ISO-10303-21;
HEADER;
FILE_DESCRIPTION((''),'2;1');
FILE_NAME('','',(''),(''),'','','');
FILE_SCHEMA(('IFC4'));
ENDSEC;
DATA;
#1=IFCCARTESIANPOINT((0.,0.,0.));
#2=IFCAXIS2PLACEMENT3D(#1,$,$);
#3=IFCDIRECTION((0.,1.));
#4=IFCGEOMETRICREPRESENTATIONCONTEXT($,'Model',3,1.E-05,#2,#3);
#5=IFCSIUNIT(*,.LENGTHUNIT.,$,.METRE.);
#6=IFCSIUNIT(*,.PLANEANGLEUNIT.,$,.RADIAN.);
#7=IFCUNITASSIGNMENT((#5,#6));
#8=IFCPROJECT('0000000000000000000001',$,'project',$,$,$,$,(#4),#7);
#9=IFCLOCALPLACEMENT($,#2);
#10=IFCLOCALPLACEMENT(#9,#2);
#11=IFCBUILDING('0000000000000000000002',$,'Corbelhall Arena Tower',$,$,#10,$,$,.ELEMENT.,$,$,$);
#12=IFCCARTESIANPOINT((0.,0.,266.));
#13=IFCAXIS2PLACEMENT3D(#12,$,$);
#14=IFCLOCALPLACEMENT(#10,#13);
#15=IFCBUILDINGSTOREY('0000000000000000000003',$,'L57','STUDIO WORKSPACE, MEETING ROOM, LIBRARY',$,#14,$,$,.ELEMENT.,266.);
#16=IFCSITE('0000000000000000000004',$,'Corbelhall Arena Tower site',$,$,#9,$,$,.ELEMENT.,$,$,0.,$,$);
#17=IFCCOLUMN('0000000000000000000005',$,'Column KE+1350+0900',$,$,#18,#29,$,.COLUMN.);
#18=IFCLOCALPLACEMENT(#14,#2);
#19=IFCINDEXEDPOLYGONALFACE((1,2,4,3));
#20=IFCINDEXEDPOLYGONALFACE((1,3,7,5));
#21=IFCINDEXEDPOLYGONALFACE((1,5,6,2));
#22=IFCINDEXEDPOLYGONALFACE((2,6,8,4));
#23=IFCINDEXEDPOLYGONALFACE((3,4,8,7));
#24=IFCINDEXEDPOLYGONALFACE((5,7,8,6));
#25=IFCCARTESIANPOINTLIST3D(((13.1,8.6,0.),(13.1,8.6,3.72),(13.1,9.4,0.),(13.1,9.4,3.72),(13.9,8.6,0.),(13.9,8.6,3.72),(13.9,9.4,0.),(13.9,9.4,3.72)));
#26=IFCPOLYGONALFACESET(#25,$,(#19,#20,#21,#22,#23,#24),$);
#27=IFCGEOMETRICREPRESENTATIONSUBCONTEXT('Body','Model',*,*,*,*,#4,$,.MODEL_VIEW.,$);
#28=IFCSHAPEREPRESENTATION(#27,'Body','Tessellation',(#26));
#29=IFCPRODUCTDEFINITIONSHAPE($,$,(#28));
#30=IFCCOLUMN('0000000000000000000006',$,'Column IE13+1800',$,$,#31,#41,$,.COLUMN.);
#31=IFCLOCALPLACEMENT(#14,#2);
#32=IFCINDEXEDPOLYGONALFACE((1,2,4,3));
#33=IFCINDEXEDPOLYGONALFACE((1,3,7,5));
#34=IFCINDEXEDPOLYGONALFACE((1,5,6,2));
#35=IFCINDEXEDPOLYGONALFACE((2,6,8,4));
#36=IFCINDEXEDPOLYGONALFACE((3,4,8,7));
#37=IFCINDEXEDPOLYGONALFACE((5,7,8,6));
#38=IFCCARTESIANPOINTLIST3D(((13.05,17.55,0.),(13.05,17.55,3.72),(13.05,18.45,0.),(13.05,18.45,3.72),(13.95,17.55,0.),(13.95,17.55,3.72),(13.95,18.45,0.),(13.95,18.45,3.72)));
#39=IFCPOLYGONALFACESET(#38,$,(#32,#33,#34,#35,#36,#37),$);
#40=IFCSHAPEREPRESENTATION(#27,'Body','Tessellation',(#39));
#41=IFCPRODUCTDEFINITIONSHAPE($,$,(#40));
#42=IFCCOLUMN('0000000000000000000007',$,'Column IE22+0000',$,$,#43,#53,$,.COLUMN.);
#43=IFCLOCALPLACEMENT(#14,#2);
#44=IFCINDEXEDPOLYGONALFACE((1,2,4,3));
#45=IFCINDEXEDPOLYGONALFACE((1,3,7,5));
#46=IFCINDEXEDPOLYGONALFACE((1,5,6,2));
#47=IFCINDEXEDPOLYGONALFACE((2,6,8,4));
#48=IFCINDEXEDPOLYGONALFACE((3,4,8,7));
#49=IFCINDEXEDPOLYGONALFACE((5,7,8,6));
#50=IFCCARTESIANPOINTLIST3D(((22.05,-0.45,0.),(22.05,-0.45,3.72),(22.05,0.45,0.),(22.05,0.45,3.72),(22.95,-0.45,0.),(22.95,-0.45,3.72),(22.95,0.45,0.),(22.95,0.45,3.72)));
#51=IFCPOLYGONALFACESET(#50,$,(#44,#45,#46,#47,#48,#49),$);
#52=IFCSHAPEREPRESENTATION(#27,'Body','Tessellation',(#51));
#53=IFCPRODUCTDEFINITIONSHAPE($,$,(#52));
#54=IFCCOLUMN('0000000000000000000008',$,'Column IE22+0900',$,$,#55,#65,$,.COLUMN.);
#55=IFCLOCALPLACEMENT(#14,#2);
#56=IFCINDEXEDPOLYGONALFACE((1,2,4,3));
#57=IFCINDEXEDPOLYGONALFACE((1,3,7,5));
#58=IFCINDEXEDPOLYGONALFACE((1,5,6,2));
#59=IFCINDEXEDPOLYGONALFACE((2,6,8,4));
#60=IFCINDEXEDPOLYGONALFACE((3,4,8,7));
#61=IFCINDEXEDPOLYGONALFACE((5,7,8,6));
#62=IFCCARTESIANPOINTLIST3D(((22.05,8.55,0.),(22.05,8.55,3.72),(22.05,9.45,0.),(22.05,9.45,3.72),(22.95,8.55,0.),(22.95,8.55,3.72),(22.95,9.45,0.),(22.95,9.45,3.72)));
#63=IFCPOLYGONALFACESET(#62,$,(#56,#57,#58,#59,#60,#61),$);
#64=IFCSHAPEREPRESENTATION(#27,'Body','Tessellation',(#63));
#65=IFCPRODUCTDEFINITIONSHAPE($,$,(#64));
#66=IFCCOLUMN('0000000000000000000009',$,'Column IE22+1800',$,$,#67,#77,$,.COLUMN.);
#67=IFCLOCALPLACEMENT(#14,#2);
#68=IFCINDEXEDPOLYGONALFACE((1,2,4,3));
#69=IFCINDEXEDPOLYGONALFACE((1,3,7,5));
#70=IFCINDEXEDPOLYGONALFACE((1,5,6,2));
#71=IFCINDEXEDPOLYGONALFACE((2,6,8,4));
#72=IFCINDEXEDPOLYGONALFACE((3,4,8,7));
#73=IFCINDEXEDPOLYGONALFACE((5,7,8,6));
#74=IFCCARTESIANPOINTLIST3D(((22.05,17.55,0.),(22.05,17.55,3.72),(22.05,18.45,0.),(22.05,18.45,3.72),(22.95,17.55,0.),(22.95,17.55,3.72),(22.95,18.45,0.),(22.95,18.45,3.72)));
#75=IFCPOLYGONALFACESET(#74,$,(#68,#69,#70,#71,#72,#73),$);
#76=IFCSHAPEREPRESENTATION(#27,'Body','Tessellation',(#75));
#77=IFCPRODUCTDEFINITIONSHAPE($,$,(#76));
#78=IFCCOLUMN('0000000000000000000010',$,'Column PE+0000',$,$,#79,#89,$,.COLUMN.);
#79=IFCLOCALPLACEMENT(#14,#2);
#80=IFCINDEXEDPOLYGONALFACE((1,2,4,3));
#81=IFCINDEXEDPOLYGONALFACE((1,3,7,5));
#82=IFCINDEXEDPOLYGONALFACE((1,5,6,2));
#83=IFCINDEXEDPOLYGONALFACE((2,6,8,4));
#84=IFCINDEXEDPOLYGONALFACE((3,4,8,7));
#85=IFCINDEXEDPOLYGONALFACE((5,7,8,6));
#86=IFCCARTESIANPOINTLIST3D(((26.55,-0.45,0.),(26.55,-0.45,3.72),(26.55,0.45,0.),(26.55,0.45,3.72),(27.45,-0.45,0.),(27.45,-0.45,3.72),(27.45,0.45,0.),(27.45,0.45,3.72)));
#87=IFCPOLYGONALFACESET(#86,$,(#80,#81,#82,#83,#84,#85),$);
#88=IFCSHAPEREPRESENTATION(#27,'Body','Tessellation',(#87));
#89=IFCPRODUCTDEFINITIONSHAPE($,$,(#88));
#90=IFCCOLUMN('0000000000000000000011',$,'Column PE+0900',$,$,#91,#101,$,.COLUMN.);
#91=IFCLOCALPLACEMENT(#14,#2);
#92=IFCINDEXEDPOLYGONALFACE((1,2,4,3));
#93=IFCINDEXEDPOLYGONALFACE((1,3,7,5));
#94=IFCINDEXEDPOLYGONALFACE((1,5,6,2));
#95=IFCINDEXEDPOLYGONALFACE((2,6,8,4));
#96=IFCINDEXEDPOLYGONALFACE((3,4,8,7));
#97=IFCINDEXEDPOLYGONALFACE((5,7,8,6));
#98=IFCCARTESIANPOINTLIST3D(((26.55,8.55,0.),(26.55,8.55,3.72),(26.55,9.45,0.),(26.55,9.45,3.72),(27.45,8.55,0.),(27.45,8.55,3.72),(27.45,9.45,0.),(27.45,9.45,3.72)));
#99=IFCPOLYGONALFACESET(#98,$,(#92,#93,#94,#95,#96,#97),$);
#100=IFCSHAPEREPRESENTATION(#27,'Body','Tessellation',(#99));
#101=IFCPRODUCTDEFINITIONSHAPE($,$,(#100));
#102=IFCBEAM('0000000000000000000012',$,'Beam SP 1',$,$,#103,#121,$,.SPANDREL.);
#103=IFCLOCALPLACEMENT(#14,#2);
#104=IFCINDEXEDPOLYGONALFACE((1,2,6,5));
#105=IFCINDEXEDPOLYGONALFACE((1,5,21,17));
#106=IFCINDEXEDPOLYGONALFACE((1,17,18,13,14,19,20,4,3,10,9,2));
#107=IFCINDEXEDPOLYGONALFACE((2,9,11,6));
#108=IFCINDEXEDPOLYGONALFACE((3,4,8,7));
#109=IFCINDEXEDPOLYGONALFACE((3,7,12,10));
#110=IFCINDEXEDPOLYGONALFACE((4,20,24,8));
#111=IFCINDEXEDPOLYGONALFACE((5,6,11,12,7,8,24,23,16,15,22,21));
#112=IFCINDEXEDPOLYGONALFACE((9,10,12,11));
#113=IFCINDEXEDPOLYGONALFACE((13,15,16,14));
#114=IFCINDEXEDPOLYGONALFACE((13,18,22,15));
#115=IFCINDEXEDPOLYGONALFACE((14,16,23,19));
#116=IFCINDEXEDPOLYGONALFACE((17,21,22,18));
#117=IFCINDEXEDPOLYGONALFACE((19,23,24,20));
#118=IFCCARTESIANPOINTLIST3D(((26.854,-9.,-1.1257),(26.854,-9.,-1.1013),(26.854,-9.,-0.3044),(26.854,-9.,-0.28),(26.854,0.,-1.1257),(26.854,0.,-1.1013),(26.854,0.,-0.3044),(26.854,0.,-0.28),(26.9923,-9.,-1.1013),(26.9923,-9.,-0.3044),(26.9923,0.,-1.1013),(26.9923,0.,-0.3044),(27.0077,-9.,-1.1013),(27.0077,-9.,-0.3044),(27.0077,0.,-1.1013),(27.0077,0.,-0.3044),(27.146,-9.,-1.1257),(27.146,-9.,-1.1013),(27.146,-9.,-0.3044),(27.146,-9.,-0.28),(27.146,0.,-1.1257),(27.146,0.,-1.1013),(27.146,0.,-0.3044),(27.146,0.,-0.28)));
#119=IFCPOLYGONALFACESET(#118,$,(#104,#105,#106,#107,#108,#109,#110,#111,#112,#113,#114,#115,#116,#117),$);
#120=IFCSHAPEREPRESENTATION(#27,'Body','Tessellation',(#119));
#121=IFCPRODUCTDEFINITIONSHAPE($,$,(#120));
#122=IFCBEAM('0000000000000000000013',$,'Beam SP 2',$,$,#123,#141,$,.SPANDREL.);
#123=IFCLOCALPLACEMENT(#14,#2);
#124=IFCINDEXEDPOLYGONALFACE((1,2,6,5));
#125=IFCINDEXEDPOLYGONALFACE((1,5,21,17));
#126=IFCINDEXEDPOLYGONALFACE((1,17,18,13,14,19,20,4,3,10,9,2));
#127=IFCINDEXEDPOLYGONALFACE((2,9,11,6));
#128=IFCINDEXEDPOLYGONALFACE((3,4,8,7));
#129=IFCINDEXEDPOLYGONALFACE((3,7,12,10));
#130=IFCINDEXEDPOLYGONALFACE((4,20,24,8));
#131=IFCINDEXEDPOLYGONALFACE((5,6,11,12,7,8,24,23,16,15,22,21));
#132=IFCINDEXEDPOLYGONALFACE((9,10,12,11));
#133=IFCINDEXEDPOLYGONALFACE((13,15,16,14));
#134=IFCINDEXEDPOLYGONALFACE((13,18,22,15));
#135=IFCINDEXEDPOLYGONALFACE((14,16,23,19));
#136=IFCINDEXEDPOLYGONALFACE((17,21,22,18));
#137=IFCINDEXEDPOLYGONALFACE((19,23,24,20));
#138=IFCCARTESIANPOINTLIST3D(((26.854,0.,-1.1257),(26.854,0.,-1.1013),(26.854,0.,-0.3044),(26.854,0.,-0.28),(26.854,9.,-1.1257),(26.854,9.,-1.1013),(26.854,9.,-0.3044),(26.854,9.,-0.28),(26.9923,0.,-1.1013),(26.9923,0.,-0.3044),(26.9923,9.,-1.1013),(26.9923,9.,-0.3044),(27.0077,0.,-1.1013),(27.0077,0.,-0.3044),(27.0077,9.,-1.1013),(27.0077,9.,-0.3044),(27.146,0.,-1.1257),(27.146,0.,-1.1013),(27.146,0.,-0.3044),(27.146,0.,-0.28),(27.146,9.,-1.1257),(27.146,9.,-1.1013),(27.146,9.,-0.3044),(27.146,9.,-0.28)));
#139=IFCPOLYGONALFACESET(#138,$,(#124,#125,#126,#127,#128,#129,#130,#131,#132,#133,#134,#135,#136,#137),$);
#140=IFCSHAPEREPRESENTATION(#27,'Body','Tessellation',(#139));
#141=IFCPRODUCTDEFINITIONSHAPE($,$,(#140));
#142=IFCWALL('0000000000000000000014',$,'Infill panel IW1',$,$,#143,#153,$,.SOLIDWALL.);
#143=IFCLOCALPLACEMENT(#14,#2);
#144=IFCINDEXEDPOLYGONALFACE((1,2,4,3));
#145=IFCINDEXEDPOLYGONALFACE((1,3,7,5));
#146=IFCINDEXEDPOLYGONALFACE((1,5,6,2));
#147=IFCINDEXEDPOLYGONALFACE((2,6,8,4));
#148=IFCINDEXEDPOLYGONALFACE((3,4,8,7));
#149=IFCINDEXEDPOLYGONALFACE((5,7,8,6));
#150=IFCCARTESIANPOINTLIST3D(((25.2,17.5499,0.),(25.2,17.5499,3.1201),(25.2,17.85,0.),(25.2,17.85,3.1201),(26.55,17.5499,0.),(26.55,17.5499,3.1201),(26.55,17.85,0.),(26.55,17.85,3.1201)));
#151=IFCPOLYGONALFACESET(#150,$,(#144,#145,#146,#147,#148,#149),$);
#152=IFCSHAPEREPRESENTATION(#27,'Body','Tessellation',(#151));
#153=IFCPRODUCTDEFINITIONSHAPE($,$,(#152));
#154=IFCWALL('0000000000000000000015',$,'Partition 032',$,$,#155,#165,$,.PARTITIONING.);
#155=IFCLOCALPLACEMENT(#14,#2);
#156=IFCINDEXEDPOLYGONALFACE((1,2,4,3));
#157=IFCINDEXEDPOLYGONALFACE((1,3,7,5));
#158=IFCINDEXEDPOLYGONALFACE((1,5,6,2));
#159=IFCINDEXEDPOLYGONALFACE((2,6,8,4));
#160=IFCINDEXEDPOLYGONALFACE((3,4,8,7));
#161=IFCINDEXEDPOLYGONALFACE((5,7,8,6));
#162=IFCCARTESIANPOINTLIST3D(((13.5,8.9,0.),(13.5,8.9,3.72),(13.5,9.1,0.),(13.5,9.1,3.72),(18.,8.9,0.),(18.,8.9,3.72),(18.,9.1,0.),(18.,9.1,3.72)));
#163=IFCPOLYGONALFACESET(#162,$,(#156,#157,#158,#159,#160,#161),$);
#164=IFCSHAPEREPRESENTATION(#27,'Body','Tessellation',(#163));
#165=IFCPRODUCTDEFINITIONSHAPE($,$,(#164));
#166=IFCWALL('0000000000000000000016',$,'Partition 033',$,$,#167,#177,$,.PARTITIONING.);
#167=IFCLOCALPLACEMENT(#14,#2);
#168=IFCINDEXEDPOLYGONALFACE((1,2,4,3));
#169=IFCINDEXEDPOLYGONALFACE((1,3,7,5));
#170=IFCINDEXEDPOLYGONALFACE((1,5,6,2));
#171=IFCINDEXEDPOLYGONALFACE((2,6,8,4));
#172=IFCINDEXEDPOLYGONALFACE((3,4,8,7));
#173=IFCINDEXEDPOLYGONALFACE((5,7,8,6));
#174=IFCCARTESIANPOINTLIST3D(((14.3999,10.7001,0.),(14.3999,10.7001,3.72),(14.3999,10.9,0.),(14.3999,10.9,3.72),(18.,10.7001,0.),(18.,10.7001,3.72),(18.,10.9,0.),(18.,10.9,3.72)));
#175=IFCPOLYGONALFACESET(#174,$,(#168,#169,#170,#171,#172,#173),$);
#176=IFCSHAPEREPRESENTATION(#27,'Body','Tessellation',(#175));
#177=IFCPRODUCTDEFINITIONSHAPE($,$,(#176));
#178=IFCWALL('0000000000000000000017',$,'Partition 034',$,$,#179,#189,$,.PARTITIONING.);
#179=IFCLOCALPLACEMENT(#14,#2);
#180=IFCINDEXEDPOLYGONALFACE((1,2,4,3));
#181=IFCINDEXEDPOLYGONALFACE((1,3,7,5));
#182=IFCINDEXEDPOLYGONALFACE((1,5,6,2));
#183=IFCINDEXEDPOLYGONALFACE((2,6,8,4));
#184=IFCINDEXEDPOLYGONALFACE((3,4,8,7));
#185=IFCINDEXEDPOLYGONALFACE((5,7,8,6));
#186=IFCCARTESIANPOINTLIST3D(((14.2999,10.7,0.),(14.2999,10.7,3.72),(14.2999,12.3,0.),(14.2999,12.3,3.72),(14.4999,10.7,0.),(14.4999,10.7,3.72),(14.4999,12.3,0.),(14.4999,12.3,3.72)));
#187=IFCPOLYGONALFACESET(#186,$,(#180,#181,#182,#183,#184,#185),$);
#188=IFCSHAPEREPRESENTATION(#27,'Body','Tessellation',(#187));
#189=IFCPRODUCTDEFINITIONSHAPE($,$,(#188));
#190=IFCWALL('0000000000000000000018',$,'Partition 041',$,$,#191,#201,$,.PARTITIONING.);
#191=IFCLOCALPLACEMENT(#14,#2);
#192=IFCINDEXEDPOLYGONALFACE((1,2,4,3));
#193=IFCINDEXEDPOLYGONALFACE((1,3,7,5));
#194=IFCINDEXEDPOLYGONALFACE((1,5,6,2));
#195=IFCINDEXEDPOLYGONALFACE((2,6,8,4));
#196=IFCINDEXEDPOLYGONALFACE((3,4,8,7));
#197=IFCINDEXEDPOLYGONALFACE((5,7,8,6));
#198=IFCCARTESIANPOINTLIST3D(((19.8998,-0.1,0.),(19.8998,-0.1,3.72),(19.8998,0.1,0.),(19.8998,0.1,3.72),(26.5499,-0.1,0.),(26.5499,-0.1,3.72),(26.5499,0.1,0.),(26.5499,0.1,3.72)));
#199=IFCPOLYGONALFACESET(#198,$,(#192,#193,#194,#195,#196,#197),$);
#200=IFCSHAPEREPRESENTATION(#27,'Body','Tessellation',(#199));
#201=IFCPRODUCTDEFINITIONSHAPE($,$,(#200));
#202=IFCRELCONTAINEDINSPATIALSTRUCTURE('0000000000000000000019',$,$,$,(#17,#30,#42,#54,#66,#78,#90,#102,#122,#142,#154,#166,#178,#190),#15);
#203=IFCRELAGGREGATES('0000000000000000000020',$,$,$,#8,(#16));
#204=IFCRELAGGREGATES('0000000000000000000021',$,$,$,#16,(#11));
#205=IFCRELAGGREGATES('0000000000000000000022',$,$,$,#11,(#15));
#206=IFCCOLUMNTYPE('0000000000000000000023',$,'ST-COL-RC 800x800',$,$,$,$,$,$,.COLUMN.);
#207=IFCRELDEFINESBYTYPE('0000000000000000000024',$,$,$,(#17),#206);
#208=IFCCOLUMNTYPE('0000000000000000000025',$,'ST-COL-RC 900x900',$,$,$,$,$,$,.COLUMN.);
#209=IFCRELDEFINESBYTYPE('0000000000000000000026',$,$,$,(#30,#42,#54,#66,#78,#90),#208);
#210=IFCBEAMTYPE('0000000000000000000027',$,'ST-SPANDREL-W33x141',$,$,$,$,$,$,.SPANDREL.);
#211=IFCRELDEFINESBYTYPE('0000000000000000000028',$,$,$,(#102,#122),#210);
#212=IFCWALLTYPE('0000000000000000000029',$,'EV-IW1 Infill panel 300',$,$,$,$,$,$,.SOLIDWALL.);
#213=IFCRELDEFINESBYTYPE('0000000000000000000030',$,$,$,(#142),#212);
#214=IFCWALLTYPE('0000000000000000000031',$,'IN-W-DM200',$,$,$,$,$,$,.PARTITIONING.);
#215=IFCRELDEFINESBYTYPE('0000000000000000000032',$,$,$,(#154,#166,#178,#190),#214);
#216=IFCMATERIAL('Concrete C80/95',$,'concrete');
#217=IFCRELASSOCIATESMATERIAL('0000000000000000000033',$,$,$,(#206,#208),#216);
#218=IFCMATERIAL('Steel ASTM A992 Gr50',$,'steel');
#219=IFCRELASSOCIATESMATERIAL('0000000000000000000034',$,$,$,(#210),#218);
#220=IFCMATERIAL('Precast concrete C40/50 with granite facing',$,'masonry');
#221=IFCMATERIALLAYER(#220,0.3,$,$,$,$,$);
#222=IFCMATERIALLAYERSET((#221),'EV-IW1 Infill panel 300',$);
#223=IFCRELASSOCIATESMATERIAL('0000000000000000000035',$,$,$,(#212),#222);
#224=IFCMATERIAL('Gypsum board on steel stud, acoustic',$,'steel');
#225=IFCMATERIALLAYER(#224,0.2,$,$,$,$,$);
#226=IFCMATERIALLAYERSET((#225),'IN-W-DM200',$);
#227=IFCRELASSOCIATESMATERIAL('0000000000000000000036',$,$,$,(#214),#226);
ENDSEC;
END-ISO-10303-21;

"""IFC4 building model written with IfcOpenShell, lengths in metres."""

from ifc_helpers import new_model, si_unit, direction, frame, frame_2d, origin, origin_2d, place, context, subcontext, project, spatial, rectangle, i_section, extrude, material, layer, layer_set, material_profile, profile_set, type_object, element, save


model = new_model("IFC4")

# Units and contexts
model_context = context("Model", 3, precision=1e-05, world=origin(), true_north=direction((0.0, 1.0)))
body_context = subcontext(model_context, "Body", "Model", "MODEL_VIEW")
ifc_project = project(units=[si_unit("LENGTHUNIT", "METRE"), si_unit("PLANEANGLEUNIT", "RADIAN")], contexts=[model_context])

# Site, building, storey
site_placement = place(None, origin())
site = spatial("IfcSite", under=ifc_project, at=site_placement, Name="Corbelhall Arena Tower site", CompositionType="ELEMENT", RefElevation=0.0)
building_placement = place(site_placement, origin())
building = spatial("IfcBuilding", under=site, at=building_placement, Name="Corbelhall Arena Tower", CompositionType="ELEMENT")
storey_placement = place(building_placement, frame((0.0, 0.0, 266.0)))
storey = spatial("IfcBuildingStorey", under=building, at=storey_placement, Name="L57", Description="STUDIO WORKSPACE, MEETING ROOM, LIBRARY", CompositionType="ELEMENT", Elevation=266.0)

# Columns
ifc_material_1 = material(Name="Concrete C80/95", Category="concrete")
ifc_material_profile_1 = material_profile(ifc_material_1, rectangle(XDim=0.8, YDim=0.8, at=origin_2d()))
ifc_profile_set_1 = profile_set([ifc_material_profile_1], Name="Concrete C80/95")
column_type_1 = type_object("IfcColumnType", Name="ST-COL-RC 800x800", PredefinedType="COLUMN", material=ifc_profile_set_1)
column_placement = place(storey_placement, frame((13.5, 9.0, 0.0), z_axis=(0.0, 0.0, 1.0), x_axis=(1.0, 0.0, 0.0)))
element("IfcColumn", 1, at=column_placement, inside=storey, type_object=column_type_1, Name="Column KE+1350+0900", PredefinedType="COLUMN", context=body_context, shape_type="SweptSolid", body=[
    extrude(rectangle(XDim=0.8, YDim=0.8, at=origin_2d()), origin(), (0.0, 0.0, 1.0), 3.72),
])
ifc_material_profile_2 = material_profile(ifc_material_1, rectangle(XDim=0.8999, YDim=0.8999, at=origin_2d()))
ifc_profile_set_2 = profile_set([ifc_material_profile_2], Name="Concrete C80/95")
column_type_2 = type_object("IfcColumnType", Name="ST-COL-RC 900x900", PredefinedType="COLUMN", material=ifc_profile_set_2)
for number, where, z_axis, x_axis, name in (
    (2, (13.5, 18.0, 0.0), (0.0, 0.0, 1.0), (1.0, 0.0, 0.0), "Column IE13+1800"),
    (3, (22.5, 0.0, 0.0), (0.0, 0.0, 1.0), (1.0, 0.0, 0.0), "Column IE22+0000"),
    (4, (22.5, 9.0, 0.0), (0.0, 0.0, 1.0), (1.0, 0.0, 0.0), "Column IE22+0900"),
    (5, (22.5, 18.0, 0.0), (0.0, 0.0, 1.0), (1.0, 0.0, 0.0), "Column IE22+1800"),
    (6, (27.0, 0.0, 0.0), (0.0, 0.0, 1.0), (0.0, 1.0, 0.0), "Column PE+0000"),
    (7, (27.0, 9.0, 0.0), (0.0, 0.0, 1.0), (0.0, 1.0, 0.0), "Column PE+0900"),
):
    element("IfcColumn", number, at=place(storey_placement, frame(where, z_axis=z_axis, x_axis=x_axis)), inside=storey, type_object=column_type_2, Name=name, PredefinedType="COLUMN", context=body_context, shape_type="SweptSolid", body=[
        extrude(rectangle(XDim=0.8999, YDim=0.8999, at=origin_2d()), origin(), (0.0, 0.0, 1.0), 3.72),
    ])

# Beams
ifc_material_2 = material(Name="Steel ASTM A992 Gr50", Category="steel")
ifc_material_profile_3 = material_profile(ifc_material_2, i_section(OverallWidth=0.292, OverallDepth=0.8457, WebThickness=0.0154, FlangeThickness=0.0244, at=origin_2d()))
ifc_profile_set_3 = profile_set([ifc_material_profile_3], Name="Steel ASTM A992 Gr50")
beam_type = type_object("IfcBeamType", Name="ST-SPANDREL-W33x141", PredefinedType="SPANDREL", material=ifc_profile_set_3)
for number, where, z_axis, x_axis, name in (
    (8, (27.0, 0.0, -0.7029), (0.0, -1.0, 0.0), (1.0, 0.0, 0.0), "Beam SP 1"),
    (9, (27.0, 9.0, -0.7029), (0.0, -1.0, 0.0), (1.0, 0.0, 0.0), "Beam SP 2"),
):
    element("IfcBeam", number, at=place(storey_placement, frame(where, z_axis=z_axis, x_axis=x_axis)), inside=storey, type_object=beam_type, Name=name, PredefinedType="SPANDREL", context=body_context, shape_type="SweptSolid", body=[
        extrude(i_section(OverallWidth=0.292, OverallDepth=0.8457, WebThickness=0.0154, FlangeThickness=0.0244, at=origin_2d()), origin(), (0.0, 0.0, 1.0), 9.0),
    ])

# Shared definitions
ifc_material_3 = material(Name="Precast concrete C40/50 with granite facing", Category="masonry")
ifc_layer_1 = layer(ifc_material_3, 0.3)
ifc_layer_set_1 = layer_set([ifc_layer_1], Name="EV-IW1 Infill panel 300")
wall_type_1 = type_object("IfcWallType", Name="EV-IW1 Infill panel 300", PredefinedType="SOLIDWALL", material=ifc_layer_set_1)

# Walls
wall_1_placement = place(storey_placement, frame((26.55, 17.7, 0.0), z_axis=(0.0, 0.0, 1.0), x_axis=(-1.0, 0.0, 0.0)))
element("IfcWall", 10, at=wall_1_placement, inside=storey, type_object=wall_type_1, Name="Infill panel IW1", PredefinedType="SOLIDWALL", context=body_context, shape_type="SweptSolid", body=[
    extrude(rectangle(XDim=1.3501, YDim=0.3, at=frame_2d((0.675, 0.0))), origin(), (0.0, 0.0, 1.0), 3.1201),
])
ifc_material_4 = material(Name="Gypsum board on steel stud, acoustic", Category="steel")
ifc_layer_2 = layer(ifc_material_4, 0.2)
ifc_layer_set_2 = layer_set([ifc_layer_2], Name="IN-W-DM200")
wall_type_2 = type_object("IfcWallType", Name="IN-W-DM200", PredefinedType="PARTITIONING", material=ifc_layer_set_2)
wall_2_placement = place(storey_placement, frame((18.0, 9.0, 0.0), z_axis=(0.0, 0.0, 1.0), x_axis=(-1.0, 0.0, 0.0)))
element("IfcWall", 11, at=wall_2_placement, inside=storey, type_object=wall_type_2, Name="Partition 032", PredefinedType="PARTITIONING", context=body_context, shape_type="SweptSolid", body=[
    extrude(rectangle(XDim=4.5, YDim=0.2, at=frame_2d((2.25, 0.0))), origin(), (0.0, 0.0, 1.0), 3.72),
])
wall_3_placement = place(storey_placement, frame((14.3999, 10.8, 0.0), z_axis=(0.0, 0.0, 1.0), x_axis=(1.0, 0.0, 0.0)))
element("IfcWall", 12, at=wall_3_placement, inside=storey, type_object=wall_type_2, Name="Partition 033", PredefinedType="PARTITIONING", context=body_context, shape_type="SweptSolid", body=[
    extrude(rectangle(XDim=3.6001, YDim=0.2, at=frame_2d((1.8, 0.0))), origin(), (0.0, 0.0, 1.0), 3.72),
])
wall_4_placement = place(storey_placement, frame((14.3999, 12.3, 0.0), z_axis=(0.0, 0.0, 1.0), x_axis=(0.0, -1.0, 0.0)))
element("IfcWall", 13, at=wall_4_placement, inside=storey, type_object=wall_type_2, Name="Partition 034", PredefinedType="PARTITIONING", context=body_context, shape_type="SweptSolid", body=[
    extrude(rectangle(XDim=1.6001, YDim=0.2, at=frame_2d((0.8, 0.0))), origin(), (0.0, 0.0, 1.0), 3.72),
])

# Wall
wall_5_placement = place(storey_placement, frame((26.55, 0.0, 0.0), z_axis=(0.0, 0.0, 1.0), x_axis=(-1.0, 0.0, 0.0)))
element("IfcWall", 14, at=wall_5_placement, inside=storey, type_object=wall_type_2, Name="Partition 041", PredefinedType="PARTITIONING", context=body_context, shape_type="SweptSolid", body=[
    extrude(rectangle(XDim=6.6501, YDim=0.2, at=frame_2d((3.3252, 0.0))), origin(), (0.0, 0.0, 1.0), 3.72),
])

save(model, "model.ifc")
